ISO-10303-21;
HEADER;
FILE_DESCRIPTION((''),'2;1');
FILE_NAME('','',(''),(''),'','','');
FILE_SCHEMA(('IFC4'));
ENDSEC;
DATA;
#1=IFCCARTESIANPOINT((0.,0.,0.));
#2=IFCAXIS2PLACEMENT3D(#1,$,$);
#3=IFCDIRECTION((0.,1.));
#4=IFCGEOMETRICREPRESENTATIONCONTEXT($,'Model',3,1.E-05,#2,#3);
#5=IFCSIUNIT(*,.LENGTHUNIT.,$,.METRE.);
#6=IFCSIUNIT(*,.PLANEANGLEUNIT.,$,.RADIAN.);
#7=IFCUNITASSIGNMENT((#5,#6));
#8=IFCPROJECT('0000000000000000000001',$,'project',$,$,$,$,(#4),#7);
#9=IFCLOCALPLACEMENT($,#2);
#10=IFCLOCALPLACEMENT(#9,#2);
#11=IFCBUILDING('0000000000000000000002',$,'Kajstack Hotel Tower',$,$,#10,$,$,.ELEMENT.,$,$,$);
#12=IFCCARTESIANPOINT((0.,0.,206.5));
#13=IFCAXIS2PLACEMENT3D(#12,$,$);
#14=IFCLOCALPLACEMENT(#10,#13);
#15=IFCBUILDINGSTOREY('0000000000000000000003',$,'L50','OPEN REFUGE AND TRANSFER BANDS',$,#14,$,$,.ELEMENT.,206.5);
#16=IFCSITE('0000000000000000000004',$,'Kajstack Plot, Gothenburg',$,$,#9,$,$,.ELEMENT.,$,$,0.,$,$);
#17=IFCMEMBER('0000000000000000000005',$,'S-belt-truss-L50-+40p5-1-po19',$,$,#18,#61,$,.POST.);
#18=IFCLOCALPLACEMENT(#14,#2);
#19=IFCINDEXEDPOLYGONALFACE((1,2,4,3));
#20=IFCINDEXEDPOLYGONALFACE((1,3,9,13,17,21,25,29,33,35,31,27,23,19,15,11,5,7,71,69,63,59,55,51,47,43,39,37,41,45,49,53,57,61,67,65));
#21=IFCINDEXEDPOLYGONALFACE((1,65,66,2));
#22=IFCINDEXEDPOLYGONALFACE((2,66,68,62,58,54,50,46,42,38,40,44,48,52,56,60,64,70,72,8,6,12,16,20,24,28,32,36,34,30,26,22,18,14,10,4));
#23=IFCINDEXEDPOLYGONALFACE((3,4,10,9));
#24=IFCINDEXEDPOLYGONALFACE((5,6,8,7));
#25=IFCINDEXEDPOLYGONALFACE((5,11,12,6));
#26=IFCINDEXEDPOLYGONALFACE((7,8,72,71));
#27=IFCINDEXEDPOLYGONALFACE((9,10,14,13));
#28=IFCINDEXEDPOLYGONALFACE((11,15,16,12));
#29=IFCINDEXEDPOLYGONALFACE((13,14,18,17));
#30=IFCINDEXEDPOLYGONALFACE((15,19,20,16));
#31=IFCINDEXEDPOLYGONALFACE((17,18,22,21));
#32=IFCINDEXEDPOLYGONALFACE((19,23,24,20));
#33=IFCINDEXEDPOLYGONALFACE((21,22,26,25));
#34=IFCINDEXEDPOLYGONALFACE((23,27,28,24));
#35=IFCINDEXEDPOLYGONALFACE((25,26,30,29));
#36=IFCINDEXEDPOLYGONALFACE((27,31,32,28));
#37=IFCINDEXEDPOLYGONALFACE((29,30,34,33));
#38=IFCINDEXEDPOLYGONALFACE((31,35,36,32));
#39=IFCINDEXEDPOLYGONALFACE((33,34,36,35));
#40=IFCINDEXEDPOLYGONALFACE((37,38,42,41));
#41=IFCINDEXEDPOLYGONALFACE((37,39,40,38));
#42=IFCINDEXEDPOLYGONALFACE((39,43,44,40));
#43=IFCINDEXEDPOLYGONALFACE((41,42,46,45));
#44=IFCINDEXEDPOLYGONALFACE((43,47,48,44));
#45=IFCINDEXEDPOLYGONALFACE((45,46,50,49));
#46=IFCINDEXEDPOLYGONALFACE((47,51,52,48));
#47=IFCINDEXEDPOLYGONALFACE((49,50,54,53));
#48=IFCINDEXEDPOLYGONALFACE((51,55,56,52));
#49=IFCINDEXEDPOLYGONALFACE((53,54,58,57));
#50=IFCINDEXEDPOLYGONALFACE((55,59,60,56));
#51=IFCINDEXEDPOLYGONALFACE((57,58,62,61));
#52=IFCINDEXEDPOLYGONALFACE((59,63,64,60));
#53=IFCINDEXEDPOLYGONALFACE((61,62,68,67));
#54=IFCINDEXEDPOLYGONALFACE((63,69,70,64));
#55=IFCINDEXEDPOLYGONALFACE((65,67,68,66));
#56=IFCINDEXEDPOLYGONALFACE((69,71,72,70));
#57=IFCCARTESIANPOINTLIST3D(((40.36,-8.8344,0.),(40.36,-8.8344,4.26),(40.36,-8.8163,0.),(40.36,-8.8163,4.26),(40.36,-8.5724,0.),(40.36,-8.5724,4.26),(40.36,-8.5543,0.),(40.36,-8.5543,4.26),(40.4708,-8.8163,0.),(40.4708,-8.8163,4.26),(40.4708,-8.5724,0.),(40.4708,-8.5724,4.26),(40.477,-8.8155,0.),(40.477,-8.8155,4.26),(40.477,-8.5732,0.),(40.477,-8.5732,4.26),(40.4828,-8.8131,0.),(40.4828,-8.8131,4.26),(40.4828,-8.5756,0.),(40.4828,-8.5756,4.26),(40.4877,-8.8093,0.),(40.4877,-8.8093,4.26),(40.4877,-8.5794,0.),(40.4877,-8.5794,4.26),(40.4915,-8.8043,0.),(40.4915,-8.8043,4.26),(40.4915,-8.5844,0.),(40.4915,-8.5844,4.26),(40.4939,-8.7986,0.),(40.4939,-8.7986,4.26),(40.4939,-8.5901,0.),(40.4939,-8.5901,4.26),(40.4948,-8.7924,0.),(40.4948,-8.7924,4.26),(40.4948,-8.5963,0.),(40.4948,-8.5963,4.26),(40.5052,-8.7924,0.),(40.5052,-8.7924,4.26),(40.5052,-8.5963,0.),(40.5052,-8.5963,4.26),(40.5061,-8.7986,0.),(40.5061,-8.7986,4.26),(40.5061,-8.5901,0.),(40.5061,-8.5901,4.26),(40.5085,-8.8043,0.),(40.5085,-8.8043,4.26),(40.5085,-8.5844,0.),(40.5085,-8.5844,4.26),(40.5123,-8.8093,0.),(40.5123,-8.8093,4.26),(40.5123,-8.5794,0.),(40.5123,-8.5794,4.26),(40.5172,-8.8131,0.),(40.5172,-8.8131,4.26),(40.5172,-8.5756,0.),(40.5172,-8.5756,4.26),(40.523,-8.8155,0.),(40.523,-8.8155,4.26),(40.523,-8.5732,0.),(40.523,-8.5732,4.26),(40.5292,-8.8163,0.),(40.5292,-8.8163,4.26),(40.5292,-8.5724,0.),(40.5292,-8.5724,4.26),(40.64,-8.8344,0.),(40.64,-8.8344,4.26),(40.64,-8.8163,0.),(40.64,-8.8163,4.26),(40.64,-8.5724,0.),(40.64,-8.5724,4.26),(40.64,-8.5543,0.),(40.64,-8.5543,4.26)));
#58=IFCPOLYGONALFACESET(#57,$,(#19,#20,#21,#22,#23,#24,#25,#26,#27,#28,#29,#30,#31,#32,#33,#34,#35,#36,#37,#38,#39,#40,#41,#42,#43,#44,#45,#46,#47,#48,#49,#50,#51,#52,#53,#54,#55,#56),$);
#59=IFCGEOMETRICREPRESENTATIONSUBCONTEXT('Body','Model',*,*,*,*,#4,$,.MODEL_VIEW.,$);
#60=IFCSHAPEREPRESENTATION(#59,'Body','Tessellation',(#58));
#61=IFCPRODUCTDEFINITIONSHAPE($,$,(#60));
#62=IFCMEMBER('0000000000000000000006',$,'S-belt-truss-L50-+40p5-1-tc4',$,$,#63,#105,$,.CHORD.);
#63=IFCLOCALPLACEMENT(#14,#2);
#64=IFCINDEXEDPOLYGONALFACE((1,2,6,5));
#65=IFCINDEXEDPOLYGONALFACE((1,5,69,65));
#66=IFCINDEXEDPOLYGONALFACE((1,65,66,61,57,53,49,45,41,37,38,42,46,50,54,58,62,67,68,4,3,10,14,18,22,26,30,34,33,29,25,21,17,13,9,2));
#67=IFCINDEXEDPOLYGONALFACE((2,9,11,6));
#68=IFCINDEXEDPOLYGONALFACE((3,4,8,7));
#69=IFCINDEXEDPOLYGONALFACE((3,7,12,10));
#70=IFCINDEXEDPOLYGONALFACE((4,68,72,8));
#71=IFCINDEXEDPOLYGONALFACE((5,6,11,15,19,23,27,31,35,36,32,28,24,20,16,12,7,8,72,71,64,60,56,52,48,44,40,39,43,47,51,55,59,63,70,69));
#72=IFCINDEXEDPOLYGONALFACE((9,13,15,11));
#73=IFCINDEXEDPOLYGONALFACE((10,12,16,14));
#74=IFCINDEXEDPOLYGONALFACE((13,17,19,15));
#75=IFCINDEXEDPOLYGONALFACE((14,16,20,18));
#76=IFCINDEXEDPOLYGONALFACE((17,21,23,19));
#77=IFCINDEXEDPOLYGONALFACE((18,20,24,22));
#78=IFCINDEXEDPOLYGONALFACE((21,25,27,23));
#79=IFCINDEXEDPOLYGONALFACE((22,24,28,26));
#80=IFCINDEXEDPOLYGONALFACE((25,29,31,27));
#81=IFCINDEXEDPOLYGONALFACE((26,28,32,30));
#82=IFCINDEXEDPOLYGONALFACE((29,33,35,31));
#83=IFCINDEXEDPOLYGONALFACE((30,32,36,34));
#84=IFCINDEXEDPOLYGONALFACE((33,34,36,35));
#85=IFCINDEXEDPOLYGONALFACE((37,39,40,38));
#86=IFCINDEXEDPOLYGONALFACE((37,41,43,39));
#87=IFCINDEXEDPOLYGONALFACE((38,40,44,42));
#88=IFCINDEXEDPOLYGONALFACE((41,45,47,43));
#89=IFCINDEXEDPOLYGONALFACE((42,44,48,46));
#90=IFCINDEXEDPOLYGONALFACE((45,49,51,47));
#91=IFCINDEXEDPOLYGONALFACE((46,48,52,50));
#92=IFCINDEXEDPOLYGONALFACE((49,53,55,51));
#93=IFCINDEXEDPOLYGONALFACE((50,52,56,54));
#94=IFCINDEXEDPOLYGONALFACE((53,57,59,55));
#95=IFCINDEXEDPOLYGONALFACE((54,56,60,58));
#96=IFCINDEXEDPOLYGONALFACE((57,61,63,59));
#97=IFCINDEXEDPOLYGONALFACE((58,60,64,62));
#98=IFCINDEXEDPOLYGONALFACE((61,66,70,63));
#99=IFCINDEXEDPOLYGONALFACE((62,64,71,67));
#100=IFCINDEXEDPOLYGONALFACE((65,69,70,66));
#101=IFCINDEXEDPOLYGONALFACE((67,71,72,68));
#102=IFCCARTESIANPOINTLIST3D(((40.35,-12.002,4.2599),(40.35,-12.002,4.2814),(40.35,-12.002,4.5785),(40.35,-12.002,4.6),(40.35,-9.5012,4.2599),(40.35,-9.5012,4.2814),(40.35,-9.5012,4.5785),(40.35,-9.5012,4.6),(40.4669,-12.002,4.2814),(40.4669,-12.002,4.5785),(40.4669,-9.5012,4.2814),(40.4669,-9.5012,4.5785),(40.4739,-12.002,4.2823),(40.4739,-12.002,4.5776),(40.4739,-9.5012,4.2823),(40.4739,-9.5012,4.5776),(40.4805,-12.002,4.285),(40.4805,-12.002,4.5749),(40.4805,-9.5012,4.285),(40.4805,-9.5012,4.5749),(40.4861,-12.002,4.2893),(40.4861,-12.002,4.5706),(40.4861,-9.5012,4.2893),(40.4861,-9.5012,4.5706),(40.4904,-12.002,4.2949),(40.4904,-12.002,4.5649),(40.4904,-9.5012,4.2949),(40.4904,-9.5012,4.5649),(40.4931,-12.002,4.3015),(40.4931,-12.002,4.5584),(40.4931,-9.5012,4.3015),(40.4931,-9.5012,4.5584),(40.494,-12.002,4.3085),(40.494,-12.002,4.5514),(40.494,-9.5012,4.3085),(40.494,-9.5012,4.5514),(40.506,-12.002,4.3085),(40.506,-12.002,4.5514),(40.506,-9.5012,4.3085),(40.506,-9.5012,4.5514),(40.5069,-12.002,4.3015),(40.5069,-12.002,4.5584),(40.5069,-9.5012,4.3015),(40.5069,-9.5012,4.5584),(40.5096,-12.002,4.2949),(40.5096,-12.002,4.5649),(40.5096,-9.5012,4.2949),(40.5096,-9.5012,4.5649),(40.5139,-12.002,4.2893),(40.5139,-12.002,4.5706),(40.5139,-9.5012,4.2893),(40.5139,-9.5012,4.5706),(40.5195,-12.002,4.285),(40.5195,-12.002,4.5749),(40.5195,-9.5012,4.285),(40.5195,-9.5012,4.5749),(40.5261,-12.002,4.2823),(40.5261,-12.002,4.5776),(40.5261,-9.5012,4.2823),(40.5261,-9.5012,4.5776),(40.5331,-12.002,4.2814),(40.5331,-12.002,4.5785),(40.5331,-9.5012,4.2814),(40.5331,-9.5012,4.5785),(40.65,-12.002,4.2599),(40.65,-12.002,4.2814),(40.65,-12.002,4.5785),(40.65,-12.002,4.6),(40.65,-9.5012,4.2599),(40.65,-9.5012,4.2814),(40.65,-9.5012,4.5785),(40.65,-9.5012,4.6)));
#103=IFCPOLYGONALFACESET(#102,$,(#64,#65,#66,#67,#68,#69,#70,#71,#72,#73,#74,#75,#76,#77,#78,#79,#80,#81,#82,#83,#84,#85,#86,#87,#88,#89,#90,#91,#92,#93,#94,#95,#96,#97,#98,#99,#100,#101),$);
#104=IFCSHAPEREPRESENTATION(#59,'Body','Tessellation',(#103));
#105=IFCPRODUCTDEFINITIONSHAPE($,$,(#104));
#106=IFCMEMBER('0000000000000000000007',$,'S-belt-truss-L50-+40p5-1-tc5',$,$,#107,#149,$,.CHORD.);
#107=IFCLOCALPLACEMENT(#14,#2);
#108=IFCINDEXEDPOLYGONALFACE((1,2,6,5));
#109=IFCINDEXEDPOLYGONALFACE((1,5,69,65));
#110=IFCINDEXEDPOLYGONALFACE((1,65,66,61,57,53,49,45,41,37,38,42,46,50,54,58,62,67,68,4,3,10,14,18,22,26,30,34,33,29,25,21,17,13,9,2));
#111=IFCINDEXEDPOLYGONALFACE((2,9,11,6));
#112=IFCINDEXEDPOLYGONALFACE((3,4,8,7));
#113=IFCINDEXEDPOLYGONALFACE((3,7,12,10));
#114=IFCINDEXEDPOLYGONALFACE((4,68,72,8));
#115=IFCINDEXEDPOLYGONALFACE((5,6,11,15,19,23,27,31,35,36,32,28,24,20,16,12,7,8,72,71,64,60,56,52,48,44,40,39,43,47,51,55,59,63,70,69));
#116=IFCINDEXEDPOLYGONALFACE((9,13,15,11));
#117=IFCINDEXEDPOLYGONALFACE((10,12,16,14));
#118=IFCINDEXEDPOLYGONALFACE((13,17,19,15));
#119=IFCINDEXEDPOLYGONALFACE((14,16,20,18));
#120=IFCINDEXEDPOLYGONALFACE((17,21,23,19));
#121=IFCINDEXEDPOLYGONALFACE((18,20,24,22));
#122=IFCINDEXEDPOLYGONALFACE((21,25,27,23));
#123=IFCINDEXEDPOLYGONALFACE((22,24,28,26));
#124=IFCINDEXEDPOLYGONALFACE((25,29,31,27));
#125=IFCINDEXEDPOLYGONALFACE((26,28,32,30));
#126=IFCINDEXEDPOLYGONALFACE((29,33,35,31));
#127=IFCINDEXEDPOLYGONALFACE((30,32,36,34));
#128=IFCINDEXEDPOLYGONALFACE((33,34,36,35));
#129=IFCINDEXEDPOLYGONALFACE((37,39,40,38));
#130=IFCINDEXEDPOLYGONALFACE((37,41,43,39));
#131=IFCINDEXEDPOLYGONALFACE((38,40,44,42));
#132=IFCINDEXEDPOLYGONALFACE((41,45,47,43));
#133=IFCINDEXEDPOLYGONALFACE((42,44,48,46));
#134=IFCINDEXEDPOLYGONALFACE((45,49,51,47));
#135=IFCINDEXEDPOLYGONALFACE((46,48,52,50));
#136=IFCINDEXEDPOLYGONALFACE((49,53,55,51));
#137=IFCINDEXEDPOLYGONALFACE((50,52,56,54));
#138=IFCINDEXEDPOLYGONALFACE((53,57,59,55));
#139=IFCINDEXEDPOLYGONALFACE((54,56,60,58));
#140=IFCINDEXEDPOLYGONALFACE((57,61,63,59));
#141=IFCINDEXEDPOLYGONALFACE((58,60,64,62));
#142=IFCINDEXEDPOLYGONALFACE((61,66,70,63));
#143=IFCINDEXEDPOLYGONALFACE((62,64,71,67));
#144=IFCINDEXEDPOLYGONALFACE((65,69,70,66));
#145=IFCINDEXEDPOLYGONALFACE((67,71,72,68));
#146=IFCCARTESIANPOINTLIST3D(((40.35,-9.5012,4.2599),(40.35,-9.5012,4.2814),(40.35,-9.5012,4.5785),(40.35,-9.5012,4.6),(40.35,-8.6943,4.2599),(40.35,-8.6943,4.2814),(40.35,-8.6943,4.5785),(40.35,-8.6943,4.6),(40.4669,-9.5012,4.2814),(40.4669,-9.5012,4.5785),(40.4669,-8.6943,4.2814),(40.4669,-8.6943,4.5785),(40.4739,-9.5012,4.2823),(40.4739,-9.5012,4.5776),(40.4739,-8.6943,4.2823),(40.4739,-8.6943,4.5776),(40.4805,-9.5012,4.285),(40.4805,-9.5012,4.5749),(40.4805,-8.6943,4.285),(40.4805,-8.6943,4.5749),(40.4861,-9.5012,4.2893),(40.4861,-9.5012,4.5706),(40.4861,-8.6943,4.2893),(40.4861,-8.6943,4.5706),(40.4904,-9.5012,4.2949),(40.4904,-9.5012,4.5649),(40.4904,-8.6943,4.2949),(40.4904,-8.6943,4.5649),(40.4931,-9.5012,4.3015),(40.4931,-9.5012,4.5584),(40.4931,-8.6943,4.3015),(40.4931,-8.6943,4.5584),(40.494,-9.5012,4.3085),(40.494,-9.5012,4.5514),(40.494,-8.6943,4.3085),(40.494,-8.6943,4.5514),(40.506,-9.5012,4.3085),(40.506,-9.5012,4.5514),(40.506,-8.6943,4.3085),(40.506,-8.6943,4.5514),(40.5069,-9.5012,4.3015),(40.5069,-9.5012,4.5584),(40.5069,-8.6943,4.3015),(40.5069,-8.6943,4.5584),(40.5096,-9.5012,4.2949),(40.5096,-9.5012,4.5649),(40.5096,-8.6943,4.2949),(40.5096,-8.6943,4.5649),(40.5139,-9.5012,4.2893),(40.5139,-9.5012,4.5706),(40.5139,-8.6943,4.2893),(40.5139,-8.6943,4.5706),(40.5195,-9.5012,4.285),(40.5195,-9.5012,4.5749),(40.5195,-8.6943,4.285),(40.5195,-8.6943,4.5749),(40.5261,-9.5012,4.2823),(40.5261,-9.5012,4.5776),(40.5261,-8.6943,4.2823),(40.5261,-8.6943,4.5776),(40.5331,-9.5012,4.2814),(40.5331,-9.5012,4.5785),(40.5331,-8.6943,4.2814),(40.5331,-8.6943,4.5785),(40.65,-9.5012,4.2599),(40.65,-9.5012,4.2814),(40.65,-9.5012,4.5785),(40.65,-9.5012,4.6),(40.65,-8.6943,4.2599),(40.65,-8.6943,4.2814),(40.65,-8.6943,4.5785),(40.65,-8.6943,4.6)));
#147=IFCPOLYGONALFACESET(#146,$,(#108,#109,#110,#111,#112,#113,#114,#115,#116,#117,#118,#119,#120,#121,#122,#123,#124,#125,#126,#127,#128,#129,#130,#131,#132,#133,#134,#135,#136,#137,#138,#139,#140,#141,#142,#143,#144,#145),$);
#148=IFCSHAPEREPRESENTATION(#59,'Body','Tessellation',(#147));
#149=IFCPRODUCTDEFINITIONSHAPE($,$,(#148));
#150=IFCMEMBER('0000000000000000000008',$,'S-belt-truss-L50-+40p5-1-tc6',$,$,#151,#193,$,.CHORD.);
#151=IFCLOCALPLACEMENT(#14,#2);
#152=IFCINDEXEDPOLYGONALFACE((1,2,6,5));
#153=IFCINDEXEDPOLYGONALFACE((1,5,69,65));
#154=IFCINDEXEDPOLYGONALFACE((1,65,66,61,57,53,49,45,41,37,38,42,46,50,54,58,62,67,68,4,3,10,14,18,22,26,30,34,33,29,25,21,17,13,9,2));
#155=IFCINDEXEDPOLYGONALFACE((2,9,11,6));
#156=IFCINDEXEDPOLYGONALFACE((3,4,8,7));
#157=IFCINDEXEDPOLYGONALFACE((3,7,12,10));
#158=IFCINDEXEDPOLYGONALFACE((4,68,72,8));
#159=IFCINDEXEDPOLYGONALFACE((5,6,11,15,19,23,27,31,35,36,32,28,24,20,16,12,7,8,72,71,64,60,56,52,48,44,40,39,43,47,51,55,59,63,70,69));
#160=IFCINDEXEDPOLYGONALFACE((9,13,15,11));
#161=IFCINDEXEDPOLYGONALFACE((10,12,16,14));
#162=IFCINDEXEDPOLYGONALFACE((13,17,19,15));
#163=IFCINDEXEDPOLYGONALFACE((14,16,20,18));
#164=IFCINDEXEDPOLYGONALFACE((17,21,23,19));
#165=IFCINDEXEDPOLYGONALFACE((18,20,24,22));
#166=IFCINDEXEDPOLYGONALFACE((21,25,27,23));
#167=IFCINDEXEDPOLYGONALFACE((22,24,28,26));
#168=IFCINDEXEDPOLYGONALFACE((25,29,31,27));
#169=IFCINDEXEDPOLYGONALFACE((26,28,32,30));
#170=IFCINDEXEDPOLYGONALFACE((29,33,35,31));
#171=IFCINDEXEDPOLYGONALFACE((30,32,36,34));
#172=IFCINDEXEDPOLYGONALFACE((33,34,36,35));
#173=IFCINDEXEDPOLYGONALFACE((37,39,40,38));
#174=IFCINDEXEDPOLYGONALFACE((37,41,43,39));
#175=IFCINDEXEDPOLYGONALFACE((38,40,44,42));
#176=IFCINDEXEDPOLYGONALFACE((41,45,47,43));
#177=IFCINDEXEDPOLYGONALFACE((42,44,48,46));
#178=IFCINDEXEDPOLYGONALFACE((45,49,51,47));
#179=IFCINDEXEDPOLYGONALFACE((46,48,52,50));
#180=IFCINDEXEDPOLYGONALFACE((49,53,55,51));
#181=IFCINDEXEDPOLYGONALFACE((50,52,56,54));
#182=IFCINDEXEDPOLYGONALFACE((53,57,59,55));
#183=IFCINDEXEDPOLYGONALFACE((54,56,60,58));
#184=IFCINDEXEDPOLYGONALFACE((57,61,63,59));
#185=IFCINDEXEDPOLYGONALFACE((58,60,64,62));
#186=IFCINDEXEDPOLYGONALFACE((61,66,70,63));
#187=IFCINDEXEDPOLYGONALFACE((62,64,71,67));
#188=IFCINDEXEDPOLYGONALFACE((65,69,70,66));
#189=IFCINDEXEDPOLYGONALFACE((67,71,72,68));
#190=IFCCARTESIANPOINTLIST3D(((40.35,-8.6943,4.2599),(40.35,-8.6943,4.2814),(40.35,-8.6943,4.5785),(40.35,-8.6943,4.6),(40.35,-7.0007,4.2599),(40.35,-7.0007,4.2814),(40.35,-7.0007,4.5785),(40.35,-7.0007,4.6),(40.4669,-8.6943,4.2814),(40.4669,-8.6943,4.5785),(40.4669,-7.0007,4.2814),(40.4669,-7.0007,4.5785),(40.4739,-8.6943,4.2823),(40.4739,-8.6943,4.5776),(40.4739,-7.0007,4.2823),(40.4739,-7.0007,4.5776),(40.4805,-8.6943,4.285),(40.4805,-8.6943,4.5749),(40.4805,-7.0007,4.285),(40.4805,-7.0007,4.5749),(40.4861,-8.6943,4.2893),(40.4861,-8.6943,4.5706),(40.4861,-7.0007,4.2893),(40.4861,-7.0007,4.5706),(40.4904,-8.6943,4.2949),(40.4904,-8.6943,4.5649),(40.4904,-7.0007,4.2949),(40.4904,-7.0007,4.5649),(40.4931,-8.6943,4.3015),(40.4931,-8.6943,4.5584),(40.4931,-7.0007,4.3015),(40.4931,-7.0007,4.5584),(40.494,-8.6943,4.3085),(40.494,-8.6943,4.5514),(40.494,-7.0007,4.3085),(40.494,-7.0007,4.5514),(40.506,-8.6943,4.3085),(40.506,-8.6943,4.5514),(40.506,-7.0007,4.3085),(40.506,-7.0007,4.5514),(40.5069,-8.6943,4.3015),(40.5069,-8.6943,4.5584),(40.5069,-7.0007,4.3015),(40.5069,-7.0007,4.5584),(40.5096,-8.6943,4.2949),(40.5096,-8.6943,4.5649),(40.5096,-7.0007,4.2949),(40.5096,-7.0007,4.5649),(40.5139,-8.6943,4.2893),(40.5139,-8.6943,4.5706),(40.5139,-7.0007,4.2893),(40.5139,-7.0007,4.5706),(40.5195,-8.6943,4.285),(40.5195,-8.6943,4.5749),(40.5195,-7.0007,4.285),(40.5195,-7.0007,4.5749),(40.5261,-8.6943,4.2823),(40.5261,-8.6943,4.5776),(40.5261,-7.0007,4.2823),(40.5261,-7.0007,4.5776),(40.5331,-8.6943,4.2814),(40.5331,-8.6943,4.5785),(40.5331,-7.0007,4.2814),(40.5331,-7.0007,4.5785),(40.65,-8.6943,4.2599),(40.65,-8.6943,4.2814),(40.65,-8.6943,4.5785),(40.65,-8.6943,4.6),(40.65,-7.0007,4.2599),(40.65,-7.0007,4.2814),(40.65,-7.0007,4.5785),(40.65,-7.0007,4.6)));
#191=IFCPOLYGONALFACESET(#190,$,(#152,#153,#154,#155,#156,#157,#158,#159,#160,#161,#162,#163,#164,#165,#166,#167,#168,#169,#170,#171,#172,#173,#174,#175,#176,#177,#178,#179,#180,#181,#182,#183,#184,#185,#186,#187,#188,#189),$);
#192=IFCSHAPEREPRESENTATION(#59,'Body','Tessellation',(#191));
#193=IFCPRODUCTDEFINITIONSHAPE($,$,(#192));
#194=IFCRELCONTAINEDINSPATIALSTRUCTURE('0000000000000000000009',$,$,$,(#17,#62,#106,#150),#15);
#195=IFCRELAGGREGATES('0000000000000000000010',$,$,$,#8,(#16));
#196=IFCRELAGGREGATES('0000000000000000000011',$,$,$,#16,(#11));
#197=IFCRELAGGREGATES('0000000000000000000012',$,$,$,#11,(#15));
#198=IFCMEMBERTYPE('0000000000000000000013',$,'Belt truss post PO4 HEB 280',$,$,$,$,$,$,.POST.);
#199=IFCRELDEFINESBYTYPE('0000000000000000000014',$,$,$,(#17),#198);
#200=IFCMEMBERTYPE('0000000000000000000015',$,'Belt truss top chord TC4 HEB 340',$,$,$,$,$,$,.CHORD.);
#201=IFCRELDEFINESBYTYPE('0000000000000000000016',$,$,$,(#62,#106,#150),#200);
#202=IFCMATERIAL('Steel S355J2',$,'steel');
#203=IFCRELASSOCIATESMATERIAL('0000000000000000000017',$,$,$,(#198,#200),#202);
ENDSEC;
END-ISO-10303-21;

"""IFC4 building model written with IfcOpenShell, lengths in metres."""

from ifc_helpers import new_model, si_unit, direction, frame, origin, origin_2d, place, context, subcontext, project, spatial, i_section, extrude, material, material_profile, profile_set, type_object, element, save


model = new_model("IFC4")

# Units and contexts
model_context = context("Model", 3, precision=1e-05, world=origin(), true_north=direction((0.0, 1.0)))
body_context = subcontext(model_context, "Body", "Model", "MODEL_VIEW")
ifc_project = project(units=[si_unit("LENGTHUNIT", "METRE"), si_unit("PLANEANGLEUNIT", "RADIAN")], contexts=[model_context])

# Site, building, storey
site_placement = place(None, origin())
site = spatial("IfcSite", under=ifc_project, at=site_placement, Name="Kajstack Plot, Gothenburg", CompositionType="ELEMENT", RefElevation=0.0)
building_placement = place(site_placement, origin())
building = spatial("IfcBuilding", under=site, at=building_placement, Name="Kajstack Hotel Tower", CompositionType="ELEMENT")
storey_placement = place(building_placement, frame((0.0, 0.0, 206.5)))
storey = spatial("IfcBuildingStorey", under=building, at=storey_placement, Name="L50", Description="OPEN REFUGE AND TRANSFER BANDS", CompositionType="ELEMENT", Elevation=206.5)

# Members
ifc_material = material(Name="Steel S355J2", Category="steel")
ifc_material_profile_1 = material_profile(ifc_material, i_section(OverallWidth=0.28, OverallDepth=0.28, WebThickness=0.0105, FlangeThickness=0.0181, FilletRadius=0.0239, at=origin_2d()), Name="HEB 280")
ifc_profile_set_1 = profile_set([ifc_material_profile_1], Name="Steel S355J2")
member_type_1 = type_object("IfcMemberType", Name="Belt truss post PO4 HEB 280", PredefinedType="POST", material=ifc_profile_set_1)
for number, where, z_axis, x_axis, name in (
    (1, (40.5, -8.6943, 0.0), (0.0, 0.0, 1.0), (1.0, 0.0, 0.0), "S-belt-truss-L50-+40p5-1-po19"),
):
    element("IfcMember", number, at=place(storey_placement, frame(where, z_axis=z_axis, x_axis=x_axis)), inside=storey, type_object=member_type_1, Name=name, PredefinedType="POST", context=body_context, shape_type="SweptSolid", body=[
        extrude(i_section(OverallWidth=0.28, OverallDepth=0.28, WebThickness=0.0105, FlangeThickness=0.0181, FilletRadius=0.0239, at=origin_2d()), origin(), (0.0, 0.0, 1.0), 4.26),
    ])
ifc_material_profile_2 = material_profile(ifc_material, i_section(OverallWidth=0.3, OverallDepth=0.3401, WebThickness=0.012, FlangeThickness=0.0215, FilletRadius=0.0271, at=origin_2d()), Name="HEB 340")
ifc_profile_set_2 = profile_set([ifc_material_profile_2], Name="Steel S355J2")
member_type_2 = type_object("IfcMemberType", Name="Belt truss top chord TC4 HEB 340", PredefinedType="CHORD", material=ifc_profile_set_2)
member_1_placement = place(storey_placement, frame((40.5, -12.002, 4.4299), z_axis=(0.0, 1.0, 0.0), x_axis=(-1.0, 0.0, 0.0)))
element("IfcMember", 2, at=member_1_placement, inside=storey, type_object=member_type_2, Name="S-belt-truss-L50-+40p5-1-tc4", PredefinedType="CHORD", context=body_context, shape_type="SweptSolid", body=[
    extrude(i_section(OverallWidth=0.3, OverallDepth=0.3401, WebThickness=0.012, FlangeThickness=0.0215, FilletRadius=0.0271, at=origin_2d()), origin(), (0.0, 0.0, 1.0), 2.5007),
])
member_2_placement = place(storey_placement, frame((40.5, -9.5012, 4.4299), z_axis=(0.0, 1.0, 0.0), x_axis=(-1.0, 0.0, 0.0)))
element("IfcMember", 3, at=member_2_placement, inside=storey, type_object=member_type_2, Name="S-belt-truss-L50-+40p5-1-tc5", PredefinedType="CHORD", context=body_context, shape_type="SweptSolid", body=[
    extrude(i_section(OverallWidth=0.3, OverallDepth=0.3401, WebThickness=0.012, FlangeThickness=0.0215, FilletRadius=0.0271, at=origin_2d()), origin(), (0.0, 0.0, 1.0), 0.8069),
])
member_3_placement = place(storey_placement, frame((40.5, -8.6943, 4.4299), z_axis=(0.0, 1.0, 0.0), x_axis=(-1.0, 0.0, 0.0)))
element("IfcMember", 4, at=member_3_placement, inside=storey, type_object=member_type_2, Name="S-belt-truss-L50-+40p5-1-tc6", PredefinedType="CHORD", context=body_context, shape_type="SweptSolid", body=[
    extrude(i_section(OverallWidth=0.3, OverallDepth=0.3401, WebThickness=0.012, FlangeThickness=0.0215, FilletRadius=0.0271, at=origin_2d()), origin(), (0.0, 0.0, 1.0), 1.6936),
])

save(model, "model.ifc")
